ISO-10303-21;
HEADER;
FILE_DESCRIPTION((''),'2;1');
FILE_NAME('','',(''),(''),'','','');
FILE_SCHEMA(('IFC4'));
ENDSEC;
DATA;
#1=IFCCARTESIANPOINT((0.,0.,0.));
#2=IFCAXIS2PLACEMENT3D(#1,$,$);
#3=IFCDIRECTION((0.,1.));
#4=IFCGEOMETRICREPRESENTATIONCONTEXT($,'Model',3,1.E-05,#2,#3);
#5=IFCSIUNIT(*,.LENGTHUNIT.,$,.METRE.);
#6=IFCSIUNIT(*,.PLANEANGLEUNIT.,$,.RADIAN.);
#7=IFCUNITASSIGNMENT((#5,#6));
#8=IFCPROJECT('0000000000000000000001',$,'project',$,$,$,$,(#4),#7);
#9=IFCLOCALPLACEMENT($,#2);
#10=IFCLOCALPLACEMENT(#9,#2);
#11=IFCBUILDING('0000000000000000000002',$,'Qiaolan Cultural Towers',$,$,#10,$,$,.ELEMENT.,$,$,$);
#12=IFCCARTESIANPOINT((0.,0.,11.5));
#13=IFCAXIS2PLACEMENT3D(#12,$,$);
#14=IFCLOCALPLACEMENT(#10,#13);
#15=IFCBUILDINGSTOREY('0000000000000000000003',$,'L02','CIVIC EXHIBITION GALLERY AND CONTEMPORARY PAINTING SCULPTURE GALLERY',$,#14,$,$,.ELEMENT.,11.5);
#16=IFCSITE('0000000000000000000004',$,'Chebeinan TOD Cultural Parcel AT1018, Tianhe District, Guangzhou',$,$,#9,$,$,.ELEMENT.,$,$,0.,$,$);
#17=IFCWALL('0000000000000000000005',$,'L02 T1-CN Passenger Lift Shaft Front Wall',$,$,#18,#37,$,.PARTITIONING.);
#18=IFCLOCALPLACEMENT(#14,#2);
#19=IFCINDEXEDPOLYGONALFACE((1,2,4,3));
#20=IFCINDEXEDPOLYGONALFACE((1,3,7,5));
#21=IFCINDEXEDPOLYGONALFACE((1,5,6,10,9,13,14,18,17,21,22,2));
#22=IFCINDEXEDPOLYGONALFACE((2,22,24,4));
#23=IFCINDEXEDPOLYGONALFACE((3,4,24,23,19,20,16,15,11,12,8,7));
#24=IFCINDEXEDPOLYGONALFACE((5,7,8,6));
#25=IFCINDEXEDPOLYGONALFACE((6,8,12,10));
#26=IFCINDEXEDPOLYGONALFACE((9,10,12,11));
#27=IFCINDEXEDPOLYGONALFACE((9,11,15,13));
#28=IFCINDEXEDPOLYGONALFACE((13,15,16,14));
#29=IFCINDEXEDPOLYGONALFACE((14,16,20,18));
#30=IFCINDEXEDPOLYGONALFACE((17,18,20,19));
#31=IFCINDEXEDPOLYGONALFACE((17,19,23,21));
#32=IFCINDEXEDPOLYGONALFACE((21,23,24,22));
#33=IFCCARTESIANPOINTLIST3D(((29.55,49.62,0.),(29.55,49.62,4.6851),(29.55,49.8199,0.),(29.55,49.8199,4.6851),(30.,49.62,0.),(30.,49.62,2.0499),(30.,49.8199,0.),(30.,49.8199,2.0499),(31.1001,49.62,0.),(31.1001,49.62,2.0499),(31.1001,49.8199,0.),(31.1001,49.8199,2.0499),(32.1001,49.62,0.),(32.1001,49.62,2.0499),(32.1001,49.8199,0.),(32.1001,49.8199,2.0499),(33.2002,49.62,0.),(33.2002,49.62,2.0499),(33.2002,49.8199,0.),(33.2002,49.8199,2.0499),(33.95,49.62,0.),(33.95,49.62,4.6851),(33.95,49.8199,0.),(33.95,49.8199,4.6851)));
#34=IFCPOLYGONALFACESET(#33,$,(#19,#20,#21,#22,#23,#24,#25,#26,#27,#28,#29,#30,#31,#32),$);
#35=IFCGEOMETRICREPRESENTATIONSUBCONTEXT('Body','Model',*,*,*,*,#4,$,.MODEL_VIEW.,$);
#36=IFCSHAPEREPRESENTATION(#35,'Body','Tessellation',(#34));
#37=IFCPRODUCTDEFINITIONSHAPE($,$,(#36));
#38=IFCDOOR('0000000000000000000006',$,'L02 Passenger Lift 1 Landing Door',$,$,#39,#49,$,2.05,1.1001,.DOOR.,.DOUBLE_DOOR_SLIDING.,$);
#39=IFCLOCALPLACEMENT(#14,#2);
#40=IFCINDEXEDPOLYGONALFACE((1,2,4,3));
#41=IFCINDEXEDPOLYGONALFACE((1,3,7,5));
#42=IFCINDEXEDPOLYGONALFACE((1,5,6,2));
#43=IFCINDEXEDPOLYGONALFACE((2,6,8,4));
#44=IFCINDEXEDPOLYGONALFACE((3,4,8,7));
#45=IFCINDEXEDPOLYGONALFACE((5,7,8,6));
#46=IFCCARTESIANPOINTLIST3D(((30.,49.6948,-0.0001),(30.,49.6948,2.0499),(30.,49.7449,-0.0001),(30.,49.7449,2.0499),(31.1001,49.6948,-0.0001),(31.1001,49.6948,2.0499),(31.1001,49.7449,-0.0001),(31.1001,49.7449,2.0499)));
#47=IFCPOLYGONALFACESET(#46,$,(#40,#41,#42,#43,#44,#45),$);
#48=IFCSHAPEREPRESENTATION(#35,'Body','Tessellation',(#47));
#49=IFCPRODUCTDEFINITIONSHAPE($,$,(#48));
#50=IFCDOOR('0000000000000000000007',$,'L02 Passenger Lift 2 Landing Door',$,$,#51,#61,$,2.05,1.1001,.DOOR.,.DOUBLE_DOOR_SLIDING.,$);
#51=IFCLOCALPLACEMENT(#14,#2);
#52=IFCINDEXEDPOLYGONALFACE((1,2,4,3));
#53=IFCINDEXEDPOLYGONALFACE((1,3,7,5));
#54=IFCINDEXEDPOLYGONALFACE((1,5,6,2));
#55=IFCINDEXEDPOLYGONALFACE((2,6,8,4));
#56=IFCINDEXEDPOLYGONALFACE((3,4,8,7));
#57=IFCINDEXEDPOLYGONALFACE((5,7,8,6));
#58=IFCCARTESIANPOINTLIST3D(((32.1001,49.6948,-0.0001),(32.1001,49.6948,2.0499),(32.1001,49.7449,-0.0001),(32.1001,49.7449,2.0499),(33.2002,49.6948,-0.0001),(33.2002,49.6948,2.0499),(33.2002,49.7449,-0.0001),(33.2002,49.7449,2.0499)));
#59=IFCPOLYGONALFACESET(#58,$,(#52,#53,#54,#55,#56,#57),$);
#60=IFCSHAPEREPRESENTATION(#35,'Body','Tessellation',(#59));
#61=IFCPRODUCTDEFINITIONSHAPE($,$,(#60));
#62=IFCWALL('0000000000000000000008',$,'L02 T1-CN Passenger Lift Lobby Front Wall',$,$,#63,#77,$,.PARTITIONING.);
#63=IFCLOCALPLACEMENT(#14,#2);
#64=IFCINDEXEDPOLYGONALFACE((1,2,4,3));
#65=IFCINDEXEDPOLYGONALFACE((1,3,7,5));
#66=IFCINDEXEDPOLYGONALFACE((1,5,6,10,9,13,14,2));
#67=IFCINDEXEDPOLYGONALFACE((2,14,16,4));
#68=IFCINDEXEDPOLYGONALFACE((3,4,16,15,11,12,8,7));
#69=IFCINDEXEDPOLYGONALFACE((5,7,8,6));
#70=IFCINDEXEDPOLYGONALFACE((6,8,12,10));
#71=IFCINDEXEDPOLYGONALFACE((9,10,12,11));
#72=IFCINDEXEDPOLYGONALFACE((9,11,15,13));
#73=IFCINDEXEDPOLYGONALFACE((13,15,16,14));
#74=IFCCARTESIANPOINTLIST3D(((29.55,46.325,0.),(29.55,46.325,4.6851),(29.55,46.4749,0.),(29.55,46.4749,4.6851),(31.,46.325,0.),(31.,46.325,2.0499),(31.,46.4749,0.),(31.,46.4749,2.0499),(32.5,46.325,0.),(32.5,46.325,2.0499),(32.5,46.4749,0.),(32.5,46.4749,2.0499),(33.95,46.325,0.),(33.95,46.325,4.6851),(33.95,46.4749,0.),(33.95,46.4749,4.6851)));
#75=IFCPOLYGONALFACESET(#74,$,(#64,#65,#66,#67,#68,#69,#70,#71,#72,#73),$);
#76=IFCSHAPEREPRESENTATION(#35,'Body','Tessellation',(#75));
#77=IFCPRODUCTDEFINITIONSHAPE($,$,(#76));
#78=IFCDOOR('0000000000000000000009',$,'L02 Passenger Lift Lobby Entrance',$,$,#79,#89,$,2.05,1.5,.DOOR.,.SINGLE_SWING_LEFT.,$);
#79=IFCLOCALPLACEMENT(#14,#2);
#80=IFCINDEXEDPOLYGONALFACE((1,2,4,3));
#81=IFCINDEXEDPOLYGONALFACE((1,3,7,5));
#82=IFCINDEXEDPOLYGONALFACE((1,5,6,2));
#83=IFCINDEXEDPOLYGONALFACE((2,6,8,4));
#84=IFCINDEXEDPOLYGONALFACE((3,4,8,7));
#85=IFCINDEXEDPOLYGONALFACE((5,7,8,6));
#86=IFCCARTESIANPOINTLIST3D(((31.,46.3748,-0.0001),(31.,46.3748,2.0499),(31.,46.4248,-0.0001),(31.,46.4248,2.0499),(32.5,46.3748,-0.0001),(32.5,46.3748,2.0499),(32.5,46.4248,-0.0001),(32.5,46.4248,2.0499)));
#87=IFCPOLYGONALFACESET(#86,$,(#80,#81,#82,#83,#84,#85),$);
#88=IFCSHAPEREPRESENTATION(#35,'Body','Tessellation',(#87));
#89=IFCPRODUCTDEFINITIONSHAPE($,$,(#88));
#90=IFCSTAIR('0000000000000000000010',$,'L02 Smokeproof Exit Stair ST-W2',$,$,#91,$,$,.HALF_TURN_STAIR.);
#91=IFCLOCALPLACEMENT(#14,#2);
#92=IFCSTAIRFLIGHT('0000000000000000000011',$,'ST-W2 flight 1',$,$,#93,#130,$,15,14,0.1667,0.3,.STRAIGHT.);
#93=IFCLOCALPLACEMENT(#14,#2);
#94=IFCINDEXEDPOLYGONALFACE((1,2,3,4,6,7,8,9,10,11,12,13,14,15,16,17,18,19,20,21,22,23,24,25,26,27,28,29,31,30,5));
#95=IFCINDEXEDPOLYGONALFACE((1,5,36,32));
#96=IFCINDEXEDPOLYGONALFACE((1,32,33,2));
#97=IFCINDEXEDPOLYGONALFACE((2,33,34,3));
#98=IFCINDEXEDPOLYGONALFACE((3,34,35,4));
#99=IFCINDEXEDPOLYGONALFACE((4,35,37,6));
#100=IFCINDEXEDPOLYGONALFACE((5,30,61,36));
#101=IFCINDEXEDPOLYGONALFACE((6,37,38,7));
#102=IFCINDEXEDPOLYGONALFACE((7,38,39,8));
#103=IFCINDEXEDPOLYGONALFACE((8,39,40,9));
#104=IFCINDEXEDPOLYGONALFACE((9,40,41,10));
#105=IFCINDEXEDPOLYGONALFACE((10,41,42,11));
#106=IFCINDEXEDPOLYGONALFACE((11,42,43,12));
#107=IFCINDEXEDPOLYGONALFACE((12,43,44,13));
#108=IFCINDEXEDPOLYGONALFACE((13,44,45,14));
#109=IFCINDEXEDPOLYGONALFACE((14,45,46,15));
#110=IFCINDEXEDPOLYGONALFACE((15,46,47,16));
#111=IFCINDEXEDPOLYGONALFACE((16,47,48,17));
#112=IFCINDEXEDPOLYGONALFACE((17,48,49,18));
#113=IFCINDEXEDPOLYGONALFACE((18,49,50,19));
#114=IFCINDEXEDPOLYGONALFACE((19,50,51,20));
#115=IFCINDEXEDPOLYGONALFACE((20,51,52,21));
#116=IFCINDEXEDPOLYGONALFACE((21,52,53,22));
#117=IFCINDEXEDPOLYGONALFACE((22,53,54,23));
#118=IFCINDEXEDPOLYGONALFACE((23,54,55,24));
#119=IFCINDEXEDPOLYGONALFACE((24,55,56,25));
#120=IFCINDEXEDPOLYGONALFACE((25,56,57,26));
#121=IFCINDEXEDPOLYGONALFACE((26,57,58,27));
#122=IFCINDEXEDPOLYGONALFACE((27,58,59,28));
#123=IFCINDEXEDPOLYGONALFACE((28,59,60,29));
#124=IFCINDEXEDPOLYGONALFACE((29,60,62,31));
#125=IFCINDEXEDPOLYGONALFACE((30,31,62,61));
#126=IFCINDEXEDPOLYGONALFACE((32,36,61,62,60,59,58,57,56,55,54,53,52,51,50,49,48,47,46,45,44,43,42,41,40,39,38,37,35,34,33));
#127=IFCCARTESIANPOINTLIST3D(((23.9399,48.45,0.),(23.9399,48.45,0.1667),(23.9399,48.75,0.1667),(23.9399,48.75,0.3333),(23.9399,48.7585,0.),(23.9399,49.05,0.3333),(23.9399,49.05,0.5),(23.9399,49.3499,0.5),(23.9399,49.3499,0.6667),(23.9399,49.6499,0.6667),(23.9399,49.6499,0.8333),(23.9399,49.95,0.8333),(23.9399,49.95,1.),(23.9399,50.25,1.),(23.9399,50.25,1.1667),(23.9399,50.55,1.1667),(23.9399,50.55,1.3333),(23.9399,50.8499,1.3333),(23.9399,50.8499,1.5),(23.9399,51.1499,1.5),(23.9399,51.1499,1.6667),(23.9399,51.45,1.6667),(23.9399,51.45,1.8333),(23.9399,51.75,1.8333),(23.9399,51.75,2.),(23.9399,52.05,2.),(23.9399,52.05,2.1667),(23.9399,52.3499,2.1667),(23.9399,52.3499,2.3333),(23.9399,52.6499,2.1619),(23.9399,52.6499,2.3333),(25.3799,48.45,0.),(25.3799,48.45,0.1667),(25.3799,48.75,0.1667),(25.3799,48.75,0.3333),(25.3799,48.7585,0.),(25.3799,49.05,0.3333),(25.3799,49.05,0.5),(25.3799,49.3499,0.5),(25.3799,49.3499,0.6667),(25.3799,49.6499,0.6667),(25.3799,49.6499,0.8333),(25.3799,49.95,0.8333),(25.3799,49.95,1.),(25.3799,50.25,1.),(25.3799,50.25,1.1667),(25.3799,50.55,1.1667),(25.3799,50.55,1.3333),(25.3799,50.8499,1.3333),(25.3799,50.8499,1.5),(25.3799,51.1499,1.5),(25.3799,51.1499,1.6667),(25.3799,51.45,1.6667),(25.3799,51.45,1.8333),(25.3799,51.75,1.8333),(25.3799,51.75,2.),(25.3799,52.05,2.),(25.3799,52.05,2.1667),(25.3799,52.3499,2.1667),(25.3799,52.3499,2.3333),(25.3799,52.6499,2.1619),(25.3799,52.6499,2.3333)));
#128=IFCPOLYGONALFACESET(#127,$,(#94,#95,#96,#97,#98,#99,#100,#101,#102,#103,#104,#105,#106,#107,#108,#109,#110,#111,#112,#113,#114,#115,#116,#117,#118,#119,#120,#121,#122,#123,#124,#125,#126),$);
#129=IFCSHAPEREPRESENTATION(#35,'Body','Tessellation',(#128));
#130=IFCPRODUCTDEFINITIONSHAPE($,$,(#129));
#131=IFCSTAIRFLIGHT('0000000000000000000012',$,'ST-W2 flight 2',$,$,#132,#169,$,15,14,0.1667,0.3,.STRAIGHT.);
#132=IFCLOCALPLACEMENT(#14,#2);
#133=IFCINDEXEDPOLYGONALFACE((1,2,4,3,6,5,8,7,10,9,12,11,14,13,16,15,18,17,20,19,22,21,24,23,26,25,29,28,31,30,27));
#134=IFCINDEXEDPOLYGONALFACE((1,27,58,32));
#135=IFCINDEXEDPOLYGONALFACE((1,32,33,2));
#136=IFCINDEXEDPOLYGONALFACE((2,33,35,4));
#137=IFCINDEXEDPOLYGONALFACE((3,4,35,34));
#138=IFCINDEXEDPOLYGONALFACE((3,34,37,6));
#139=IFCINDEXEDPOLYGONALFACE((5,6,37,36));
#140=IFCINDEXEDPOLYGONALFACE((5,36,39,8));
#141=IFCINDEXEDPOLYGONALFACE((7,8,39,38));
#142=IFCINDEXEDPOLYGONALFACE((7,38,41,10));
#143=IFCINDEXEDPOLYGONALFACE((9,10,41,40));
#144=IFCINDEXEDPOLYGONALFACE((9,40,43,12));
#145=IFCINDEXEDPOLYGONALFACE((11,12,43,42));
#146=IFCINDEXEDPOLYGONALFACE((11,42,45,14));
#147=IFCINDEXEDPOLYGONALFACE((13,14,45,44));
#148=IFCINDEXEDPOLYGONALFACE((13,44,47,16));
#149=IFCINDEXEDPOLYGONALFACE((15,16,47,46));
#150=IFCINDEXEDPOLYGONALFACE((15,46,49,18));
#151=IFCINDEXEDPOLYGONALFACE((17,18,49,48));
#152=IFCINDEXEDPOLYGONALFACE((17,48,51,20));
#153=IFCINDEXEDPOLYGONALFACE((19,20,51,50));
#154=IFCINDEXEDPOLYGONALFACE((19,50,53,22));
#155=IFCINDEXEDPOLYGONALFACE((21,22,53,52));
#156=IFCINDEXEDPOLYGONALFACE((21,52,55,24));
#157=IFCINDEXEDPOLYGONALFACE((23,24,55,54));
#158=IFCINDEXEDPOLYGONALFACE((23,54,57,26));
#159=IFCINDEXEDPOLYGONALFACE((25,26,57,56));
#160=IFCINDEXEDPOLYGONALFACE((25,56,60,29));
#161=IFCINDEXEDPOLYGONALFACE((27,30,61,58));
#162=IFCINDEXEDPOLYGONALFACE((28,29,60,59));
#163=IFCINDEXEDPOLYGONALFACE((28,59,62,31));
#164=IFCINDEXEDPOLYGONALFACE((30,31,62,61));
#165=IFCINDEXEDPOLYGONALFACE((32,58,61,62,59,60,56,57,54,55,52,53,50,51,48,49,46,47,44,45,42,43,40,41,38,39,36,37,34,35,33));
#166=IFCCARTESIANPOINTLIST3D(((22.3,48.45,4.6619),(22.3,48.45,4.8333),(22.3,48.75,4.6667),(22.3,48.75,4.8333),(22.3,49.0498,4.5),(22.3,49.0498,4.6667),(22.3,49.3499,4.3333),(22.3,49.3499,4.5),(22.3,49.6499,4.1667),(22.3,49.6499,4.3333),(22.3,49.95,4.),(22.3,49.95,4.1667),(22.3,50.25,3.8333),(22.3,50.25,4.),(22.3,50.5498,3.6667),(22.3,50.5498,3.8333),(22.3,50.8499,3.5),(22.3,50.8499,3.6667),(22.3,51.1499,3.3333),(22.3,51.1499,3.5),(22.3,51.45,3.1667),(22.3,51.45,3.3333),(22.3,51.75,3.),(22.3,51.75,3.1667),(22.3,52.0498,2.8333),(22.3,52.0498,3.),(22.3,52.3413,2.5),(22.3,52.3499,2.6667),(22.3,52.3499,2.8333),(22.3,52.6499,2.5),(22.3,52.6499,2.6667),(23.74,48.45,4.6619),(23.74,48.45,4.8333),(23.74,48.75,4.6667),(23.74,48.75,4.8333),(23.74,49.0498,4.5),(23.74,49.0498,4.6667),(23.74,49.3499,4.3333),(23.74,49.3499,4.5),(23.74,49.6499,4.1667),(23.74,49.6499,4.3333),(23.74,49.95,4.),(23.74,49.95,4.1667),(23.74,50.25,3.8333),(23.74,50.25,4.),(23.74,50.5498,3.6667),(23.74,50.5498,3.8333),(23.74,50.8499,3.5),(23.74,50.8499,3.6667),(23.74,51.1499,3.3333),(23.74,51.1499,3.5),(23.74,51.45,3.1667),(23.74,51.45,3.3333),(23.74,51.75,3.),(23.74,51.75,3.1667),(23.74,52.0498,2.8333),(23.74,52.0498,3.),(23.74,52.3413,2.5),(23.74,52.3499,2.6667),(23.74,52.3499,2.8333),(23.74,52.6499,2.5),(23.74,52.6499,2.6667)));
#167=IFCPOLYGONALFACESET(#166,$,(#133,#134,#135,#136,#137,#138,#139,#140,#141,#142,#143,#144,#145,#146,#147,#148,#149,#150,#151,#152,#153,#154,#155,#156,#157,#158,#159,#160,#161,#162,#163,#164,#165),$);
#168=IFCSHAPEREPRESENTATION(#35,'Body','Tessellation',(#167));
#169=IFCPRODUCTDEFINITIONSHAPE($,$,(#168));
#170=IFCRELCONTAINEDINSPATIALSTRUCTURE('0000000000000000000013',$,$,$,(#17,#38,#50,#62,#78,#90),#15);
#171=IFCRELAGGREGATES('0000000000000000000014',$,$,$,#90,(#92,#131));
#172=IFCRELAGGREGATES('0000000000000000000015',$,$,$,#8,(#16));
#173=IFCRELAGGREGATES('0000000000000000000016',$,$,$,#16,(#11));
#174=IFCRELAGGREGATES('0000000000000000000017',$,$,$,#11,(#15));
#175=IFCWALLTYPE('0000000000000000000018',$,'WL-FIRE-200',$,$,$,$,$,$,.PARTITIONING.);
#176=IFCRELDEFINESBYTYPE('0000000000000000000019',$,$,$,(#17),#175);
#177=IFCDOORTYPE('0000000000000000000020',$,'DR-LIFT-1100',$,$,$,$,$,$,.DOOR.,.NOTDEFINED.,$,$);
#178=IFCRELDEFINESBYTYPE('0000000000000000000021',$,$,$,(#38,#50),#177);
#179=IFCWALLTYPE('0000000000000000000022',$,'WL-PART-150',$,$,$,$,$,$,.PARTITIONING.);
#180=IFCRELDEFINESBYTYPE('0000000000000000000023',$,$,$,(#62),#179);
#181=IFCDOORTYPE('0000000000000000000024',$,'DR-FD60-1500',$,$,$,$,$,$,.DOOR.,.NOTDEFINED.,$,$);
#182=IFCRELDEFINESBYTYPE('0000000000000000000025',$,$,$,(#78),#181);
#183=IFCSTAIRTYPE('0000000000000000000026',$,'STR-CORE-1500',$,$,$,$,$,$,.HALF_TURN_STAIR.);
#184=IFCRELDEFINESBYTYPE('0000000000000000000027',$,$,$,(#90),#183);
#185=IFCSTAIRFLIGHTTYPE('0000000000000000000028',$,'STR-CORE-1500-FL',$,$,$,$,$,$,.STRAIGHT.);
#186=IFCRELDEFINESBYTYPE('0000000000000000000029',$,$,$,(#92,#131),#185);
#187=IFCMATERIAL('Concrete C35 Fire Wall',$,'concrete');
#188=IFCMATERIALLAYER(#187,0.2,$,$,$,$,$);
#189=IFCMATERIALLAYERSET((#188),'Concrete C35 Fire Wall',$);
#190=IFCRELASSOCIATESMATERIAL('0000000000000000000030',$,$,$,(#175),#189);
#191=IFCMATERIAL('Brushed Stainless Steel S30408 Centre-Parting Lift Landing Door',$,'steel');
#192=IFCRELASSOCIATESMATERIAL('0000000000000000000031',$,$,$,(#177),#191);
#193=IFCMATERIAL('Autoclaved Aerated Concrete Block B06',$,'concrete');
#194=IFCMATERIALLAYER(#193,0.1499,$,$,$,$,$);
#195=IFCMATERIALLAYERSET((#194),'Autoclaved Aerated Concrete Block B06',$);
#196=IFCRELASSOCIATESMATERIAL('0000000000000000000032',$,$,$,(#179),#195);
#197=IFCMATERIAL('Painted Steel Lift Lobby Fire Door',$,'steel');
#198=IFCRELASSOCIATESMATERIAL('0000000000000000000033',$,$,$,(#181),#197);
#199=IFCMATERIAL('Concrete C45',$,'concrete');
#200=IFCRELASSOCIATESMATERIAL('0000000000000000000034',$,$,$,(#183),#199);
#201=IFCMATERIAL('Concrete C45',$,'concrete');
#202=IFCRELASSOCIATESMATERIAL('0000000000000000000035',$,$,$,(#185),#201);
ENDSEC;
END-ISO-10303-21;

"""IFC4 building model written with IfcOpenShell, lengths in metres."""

from ifc_helpers import new_model, si_unit, direction, frame, frame_2d, origin, place, context, subcontext, project, spatial, polyline, rectangle, outline, extrude, material, layer, layer_set, type_object, element, fill, aggregate, save


model = new_model("IFC4")

# Units and contexts
model_context = context("Model", 3, precision=1e-05, world=origin(), true_north=direction((0.0, 1.0)))
body_context = subcontext(model_context, "Body", "Model", "MODEL_VIEW")
ifc_project = project(units=[si_unit("LENGTHUNIT", "METRE"), si_unit("PLANEANGLEUNIT", "RADIAN")], contexts=[model_context])

# Site, building, storey
site_placement = place(None, origin())
site = spatial("IfcSite", under=ifc_project, at=site_placement, Name="Chebeinan TOD Cultural Parcel AT1018, Tianhe District, Guangzhou", CompositionType="ELEMENT", RefElevation=0.0)
building_placement = place(site_placement, origin())
building = spatial("IfcBuilding", under=site, at=building_placement, Name="Qiaolan Cultural Towers", CompositionType="ELEMENT")
storey_placement = place(building_placement, frame((0.0, 0.0, 11.5)))
storey = spatial("IfcBuildingStorey", under=building, at=storey_placement, Name="L02", Description="CIVIC EXHIBITION GALLERY AND CONTEMPORARY PAINTING SCULPTURE GALLERY", CompositionType="ELEMENT", Elevation=11.5)

# Shared definitions
ifc_material_1 = material(Name="Concrete C35 Fire Wall", Category="concrete")
ifc_layer_1 = layer(ifc_material_1, 0.2)
ifc_layer_set_1 = layer_set([ifc_layer_1], Name="Concrete C35 Fire Wall")
wall_type_1 = type_object("IfcWallType", Name="WL-FIRE-200", PredefinedType="PARTITIONING", material=ifc_layer_set_1)

# Shared definitions
ifc_material_2 = material(Name="Brushed Stainless Steel S30408 Centre-Parting Lift Landing Door", Category="steel")
door_type_1 = type_object("IfcDoorType", Name="DR-LIFT-1100", OperationType="NOTDEFINED", PredefinedType="DOOR", material=ifc_material_2)

# Wall, openings, doors
wall_1_placement = place(storey_placement, frame((29.55, 49.72, 0.0), z_axis=(0.0, 0.0, 1.0), x_axis=(1.0, 0.0, 0.0)))
wall_1 = element("IfcWall", 1, at=wall_1_placement, inside=storey, type_object=wall_type_1, Name="L02 T1-CN Passenger Lift Shaft Front Wall", PredefinedType="PARTITIONING", context=body_context, shape_type="SweptSolid", body=[
    extrude(rectangle(XDim=4.3999, YDim=0.2, at=frame_2d((2.2, 0.0))), origin(), (0.0, 0.0, 1.0), 4.6851),
])
opening_1_placement = place(wall_1_placement, frame((0.45, 0.0, 0.0)))
opening_1 = element("IfcOpeningElement", 2, at=opening_1_placement, cuts=wall_1, PredefinedType="OPENING", context=body_context, shape_type="SweptSolid", body=[
    extrude(rectangle(XDim=1.1001, YDim=2.05, at=frame_2d((0.55, 1.0249))), frame((0.0, 0.1099, 0.0), z_axis=(0.0, -1.0, 0.0), x_axis=(1.0, 0.0, 0.0)), (0.0, 0.0, 1.0), 0.22),
])
opening_2_placement = place(wall_1_placement, frame((2.55, 0.0, 0.0)))
opening_2 = element("IfcOpeningElement", 3, at=opening_2_placement, cuts=wall_1, PredefinedType="OPENING", context=body_context, shape_type="SweptSolid", body=[
    extrude(rectangle(XDim=1.1001, YDim=2.05, at=frame_2d((0.55, 1.0249))), frame((0.0, 0.1099, 0.0), z_axis=(0.0, -1.0, 0.0), x_axis=(1.0, 0.0, 0.0)), (0.0, 0.0, 1.0), 0.22),
])
door_1_placement = place(opening_1_placement, origin())
door_1 = element("IfcDoor", 4, at=door_1_placement, inside=storey, type_object=door_type_1, Name="L02 Passenger Lift 1 Landing Door", OperationType="DOUBLE_DOOR_SLIDING", OverallHeight=2.05, OverallWidth=1.1001, PredefinedType="DOOR", context=body_context, shape_type="SweptSolid", body=[
    extrude(rectangle(XDim=1.1001, YDim=2.05, at=frame_2d((0.55, 1.0249))), frame((0.0, 0.0249, 0.0), z_axis=(0.0, -1.0, 0.0), x_axis=(1.0, 0.0, 0.0)), (0.0, 0.0, 1.0), 0.05),
])
fill(opening_1, door_1)
door_2_placement = place(opening_2_placement, origin())
door_2 = element("IfcDoor", 5, at=door_2_placement, inside=storey, type_object=door_type_1, Name="L02 Passenger Lift 2 Landing Door", OperationType="DOUBLE_DOOR_SLIDING", OverallHeight=2.05, OverallWidth=1.1001, PredefinedType="DOOR", context=body_context, shape_type="SweptSolid", body=[
    extrude(rectangle(XDim=1.1001, YDim=2.05, at=frame_2d((0.55, 1.0249))), frame((0.0, 0.0249, 0.0), z_axis=(0.0, -1.0, 0.0), x_axis=(1.0, 0.0, 0.0)), (0.0, 0.0, 1.0), 0.05),
])
fill(opening_2, door_2)

# Wall, opening, door
ifc_material_3 = material(Name="Autoclaved Aerated Concrete Block B06", Category="concrete")
ifc_layer_2 = layer(ifc_material_3, 0.1499)
ifc_layer_set_2 = layer_set([ifc_layer_2], Name="Autoclaved Aerated Concrete Block B06")
wall_type_2 = type_object("IfcWallType", Name="WL-PART-150", PredefinedType="PARTITIONING", material=ifc_layer_set_2)
wall_2_placement = place(storey_placement, frame((29.55, 46.3999, 0.0), z_axis=(0.0, 0.0, 1.0), x_axis=(1.0, 0.0, 0.0)))
wall_2 = element("IfcWall", 6, at=wall_2_placement, inside=storey, type_object=wall_type_2, Name="L02 T1-CN Passenger Lift Lobby Front Wall", PredefinedType="PARTITIONING", context=body_context, shape_type="SweptSolid", body=[
    extrude(rectangle(XDim=4.3999, YDim=0.1499, at=frame_2d((2.2, 0.0))), origin(), (0.0, 0.0, 1.0), 4.6851),
])
opening_3_placement = place(wall_2_placement, frame((1.45, 0.0, 0.0)))
opening_3 = element("IfcOpeningElement", 7, at=opening_3_placement, cuts=wall_2, PredefinedType="OPENING", context=body_context, shape_type="SweptSolid", body=[
    extrude(rectangle(XDim=1.5, YDim=2.05, at=frame_2d((0.75, 1.0249))), frame((0.0, 0.085, 0.0), z_axis=(0.0, -1.0, 0.0), x_axis=(1.0, 0.0, 0.0)), (0.0, 0.0, 1.0), 0.1699),
])
ifc_material_4 = material(Name="Painted Steel Lift Lobby Fire Door", Category="steel")
door_type_2 = type_object("IfcDoorType", Name="DR-FD60-1500", OperationType="NOTDEFINED", PredefinedType="DOOR", material=ifc_material_4)
door_3_placement = place(opening_3_placement, origin())
door_3 = element("IfcDoor", 8, at=door_3_placement, inside=storey, type_object=door_type_2, Name="L02 Passenger Lift Lobby Entrance", OperationType="SINGLE_SWING_LEFT", OverallHeight=2.05, OverallWidth=1.5, PredefinedType="DOOR", context=body_context, shape_type="SweptSolid", body=[
    extrude(rectangle(XDim=1.5, YDim=2.05, at=frame_2d((0.75, 1.0249))), frame((0.0, 0.0249, 0.0), z_axis=(0.0, -1.0, 0.0), x_axis=(1.0, 0.0, 0.0)), (0.0, 0.0, 1.0), 0.05),
])
fill(opening_3, door_3)

# Stair, stair flights
ifc_material_5 = material(Name="Concrete C45", Category="concrete")
stair_type = type_object("IfcStairType", Name="STR-CORE-1500", PredefinedType="HALF_TURN_STAIR", material=ifc_material_5)
stair_placement = place(storey_placement, origin())
stair = element("IfcStair", 9, at=stair_placement, inside=storey, type_object=stair_type, Name="L02 Smokeproof Exit Stair ST-W2", PredefinedType="HALF_TURN_STAIR")
ifc_material_6 = material(Name="Concrete C45", Category="concrete")
stair_flight_type = type_object("IfcStairFlightType", Name="STR-CORE-1500-FL", PredefinedType="STRAIGHT", material=ifc_material_6)
stair_flight_1_placement = place(storey_placement, frame((24.6599, 48.45, 0.0), z_axis=(0.0, 0.0, 1.0), x_axis=(0.0, 1.0, 0.0)))
stair_flight_1 = element("IfcStairFlight", 10, at=stair_flight_1_placement, type_object=stair_flight_type, Name="ST-W2 flight 1", NumberOfRisers=15, NumberOfTreads=14, PredefinedType="STRAIGHT", RiserHeight=0.1667, TreadLength=0.3, context=body_context, shape_type="SweptSolid", body=[
    extrude(outline(polyline([(0.0, 0.0), (0.0, 0.1667), (0.3, 0.1667), (0.3, 0.3333), (0.6001, 0.3333), (0.6001, 0.5), (0.8999, 0.5), (0.8999, 0.6667), (1.2, 0.6667), (1.2, 0.8333), (1.5, 0.8333), (1.5, 1.0), (1.8, 1.0), (1.8, 1.1667), (2.1001, 1.1667), (2.1001, 1.3333), (2.3999, 1.3333), (2.3999, 1.5), (2.7, 1.5), (2.7, 1.6667), (3.0, 1.6667), (3.0, 1.8333), (3.3, 1.8333), (3.3, 2.0), (3.6001, 2.0), (3.6001, 2.1667), (3.8999, 2.1667), (3.8999, 2.3333), (4.2, 2.3333), (4.2, 2.5), (4.2, 2.1619), (0.3086, 0.0), (0.0, 0.0)])), frame((0.0, 0.72, 0.0), z_axis=(0.0, -1.0, 0.0), x_axis=(1.0, 0.0, 0.0)), (0.0, 0.0, 1.0), 1.4399),
])
stair_flight_2_placement = place(storey_placement, frame((23.02, 52.6499, 2.5), z_axis=(0.0, 0.0, 1.0), x_axis=(0.0, -1.0, 0.0)))
stair_flight_2 = element("IfcStairFlight", 11, at=stair_flight_2_placement, type_object=stair_flight_type, Name="ST-W2 flight 2", NumberOfRisers=15, NumberOfTreads=14, PredefinedType="STRAIGHT", RiserHeight=0.1667, TreadLength=0.3, context=body_context, shape_type="SweptSolid", body=[
    extrude(outline(polyline([(0.0, 0.0), (0.0, 0.1667), (0.3, 0.1667), (0.3, 0.3333), (0.6001, 0.3333), (0.6001, 0.5), (0.8999, 0.5), (0.8999, 0.6667), (1.2, 0.6667), (1.2, 0.8333), (1.5, 0.8333), (1.5, 1.0), (1.8, 1.0), (1.8, 1.1667), (2.1001, 1.1667), (2.1001, 1.3333), (2.3999, 1.3333), (2.3999, 1.5), (2.7, 1.5), (2.7, 1.6667), (3.0, 1.6667), (3.0, 1.8333), (3.3, 1.8333), (3.3, 2.0), (3.6001, 2.0), (3.6001, 2.1667), (3.8999, 2.1667), (3.8999, 2.3333), (4.2, 2.3333), (4.2, 2.5), (4.2, 2.1619), (0.3086, 0.0), (0.0, 0.0)])), frame((0.0, 0.72, 0.0), z_axis=(0.0, -1.0, 0.0), x_axis=(1.0, 0.0, 0.0)), (0.0, 0.0, 1.0), 1.4399),
])
aggregate(stair, [stair_flight_1, stair_flight_2])

save(model, "model.ifc")
